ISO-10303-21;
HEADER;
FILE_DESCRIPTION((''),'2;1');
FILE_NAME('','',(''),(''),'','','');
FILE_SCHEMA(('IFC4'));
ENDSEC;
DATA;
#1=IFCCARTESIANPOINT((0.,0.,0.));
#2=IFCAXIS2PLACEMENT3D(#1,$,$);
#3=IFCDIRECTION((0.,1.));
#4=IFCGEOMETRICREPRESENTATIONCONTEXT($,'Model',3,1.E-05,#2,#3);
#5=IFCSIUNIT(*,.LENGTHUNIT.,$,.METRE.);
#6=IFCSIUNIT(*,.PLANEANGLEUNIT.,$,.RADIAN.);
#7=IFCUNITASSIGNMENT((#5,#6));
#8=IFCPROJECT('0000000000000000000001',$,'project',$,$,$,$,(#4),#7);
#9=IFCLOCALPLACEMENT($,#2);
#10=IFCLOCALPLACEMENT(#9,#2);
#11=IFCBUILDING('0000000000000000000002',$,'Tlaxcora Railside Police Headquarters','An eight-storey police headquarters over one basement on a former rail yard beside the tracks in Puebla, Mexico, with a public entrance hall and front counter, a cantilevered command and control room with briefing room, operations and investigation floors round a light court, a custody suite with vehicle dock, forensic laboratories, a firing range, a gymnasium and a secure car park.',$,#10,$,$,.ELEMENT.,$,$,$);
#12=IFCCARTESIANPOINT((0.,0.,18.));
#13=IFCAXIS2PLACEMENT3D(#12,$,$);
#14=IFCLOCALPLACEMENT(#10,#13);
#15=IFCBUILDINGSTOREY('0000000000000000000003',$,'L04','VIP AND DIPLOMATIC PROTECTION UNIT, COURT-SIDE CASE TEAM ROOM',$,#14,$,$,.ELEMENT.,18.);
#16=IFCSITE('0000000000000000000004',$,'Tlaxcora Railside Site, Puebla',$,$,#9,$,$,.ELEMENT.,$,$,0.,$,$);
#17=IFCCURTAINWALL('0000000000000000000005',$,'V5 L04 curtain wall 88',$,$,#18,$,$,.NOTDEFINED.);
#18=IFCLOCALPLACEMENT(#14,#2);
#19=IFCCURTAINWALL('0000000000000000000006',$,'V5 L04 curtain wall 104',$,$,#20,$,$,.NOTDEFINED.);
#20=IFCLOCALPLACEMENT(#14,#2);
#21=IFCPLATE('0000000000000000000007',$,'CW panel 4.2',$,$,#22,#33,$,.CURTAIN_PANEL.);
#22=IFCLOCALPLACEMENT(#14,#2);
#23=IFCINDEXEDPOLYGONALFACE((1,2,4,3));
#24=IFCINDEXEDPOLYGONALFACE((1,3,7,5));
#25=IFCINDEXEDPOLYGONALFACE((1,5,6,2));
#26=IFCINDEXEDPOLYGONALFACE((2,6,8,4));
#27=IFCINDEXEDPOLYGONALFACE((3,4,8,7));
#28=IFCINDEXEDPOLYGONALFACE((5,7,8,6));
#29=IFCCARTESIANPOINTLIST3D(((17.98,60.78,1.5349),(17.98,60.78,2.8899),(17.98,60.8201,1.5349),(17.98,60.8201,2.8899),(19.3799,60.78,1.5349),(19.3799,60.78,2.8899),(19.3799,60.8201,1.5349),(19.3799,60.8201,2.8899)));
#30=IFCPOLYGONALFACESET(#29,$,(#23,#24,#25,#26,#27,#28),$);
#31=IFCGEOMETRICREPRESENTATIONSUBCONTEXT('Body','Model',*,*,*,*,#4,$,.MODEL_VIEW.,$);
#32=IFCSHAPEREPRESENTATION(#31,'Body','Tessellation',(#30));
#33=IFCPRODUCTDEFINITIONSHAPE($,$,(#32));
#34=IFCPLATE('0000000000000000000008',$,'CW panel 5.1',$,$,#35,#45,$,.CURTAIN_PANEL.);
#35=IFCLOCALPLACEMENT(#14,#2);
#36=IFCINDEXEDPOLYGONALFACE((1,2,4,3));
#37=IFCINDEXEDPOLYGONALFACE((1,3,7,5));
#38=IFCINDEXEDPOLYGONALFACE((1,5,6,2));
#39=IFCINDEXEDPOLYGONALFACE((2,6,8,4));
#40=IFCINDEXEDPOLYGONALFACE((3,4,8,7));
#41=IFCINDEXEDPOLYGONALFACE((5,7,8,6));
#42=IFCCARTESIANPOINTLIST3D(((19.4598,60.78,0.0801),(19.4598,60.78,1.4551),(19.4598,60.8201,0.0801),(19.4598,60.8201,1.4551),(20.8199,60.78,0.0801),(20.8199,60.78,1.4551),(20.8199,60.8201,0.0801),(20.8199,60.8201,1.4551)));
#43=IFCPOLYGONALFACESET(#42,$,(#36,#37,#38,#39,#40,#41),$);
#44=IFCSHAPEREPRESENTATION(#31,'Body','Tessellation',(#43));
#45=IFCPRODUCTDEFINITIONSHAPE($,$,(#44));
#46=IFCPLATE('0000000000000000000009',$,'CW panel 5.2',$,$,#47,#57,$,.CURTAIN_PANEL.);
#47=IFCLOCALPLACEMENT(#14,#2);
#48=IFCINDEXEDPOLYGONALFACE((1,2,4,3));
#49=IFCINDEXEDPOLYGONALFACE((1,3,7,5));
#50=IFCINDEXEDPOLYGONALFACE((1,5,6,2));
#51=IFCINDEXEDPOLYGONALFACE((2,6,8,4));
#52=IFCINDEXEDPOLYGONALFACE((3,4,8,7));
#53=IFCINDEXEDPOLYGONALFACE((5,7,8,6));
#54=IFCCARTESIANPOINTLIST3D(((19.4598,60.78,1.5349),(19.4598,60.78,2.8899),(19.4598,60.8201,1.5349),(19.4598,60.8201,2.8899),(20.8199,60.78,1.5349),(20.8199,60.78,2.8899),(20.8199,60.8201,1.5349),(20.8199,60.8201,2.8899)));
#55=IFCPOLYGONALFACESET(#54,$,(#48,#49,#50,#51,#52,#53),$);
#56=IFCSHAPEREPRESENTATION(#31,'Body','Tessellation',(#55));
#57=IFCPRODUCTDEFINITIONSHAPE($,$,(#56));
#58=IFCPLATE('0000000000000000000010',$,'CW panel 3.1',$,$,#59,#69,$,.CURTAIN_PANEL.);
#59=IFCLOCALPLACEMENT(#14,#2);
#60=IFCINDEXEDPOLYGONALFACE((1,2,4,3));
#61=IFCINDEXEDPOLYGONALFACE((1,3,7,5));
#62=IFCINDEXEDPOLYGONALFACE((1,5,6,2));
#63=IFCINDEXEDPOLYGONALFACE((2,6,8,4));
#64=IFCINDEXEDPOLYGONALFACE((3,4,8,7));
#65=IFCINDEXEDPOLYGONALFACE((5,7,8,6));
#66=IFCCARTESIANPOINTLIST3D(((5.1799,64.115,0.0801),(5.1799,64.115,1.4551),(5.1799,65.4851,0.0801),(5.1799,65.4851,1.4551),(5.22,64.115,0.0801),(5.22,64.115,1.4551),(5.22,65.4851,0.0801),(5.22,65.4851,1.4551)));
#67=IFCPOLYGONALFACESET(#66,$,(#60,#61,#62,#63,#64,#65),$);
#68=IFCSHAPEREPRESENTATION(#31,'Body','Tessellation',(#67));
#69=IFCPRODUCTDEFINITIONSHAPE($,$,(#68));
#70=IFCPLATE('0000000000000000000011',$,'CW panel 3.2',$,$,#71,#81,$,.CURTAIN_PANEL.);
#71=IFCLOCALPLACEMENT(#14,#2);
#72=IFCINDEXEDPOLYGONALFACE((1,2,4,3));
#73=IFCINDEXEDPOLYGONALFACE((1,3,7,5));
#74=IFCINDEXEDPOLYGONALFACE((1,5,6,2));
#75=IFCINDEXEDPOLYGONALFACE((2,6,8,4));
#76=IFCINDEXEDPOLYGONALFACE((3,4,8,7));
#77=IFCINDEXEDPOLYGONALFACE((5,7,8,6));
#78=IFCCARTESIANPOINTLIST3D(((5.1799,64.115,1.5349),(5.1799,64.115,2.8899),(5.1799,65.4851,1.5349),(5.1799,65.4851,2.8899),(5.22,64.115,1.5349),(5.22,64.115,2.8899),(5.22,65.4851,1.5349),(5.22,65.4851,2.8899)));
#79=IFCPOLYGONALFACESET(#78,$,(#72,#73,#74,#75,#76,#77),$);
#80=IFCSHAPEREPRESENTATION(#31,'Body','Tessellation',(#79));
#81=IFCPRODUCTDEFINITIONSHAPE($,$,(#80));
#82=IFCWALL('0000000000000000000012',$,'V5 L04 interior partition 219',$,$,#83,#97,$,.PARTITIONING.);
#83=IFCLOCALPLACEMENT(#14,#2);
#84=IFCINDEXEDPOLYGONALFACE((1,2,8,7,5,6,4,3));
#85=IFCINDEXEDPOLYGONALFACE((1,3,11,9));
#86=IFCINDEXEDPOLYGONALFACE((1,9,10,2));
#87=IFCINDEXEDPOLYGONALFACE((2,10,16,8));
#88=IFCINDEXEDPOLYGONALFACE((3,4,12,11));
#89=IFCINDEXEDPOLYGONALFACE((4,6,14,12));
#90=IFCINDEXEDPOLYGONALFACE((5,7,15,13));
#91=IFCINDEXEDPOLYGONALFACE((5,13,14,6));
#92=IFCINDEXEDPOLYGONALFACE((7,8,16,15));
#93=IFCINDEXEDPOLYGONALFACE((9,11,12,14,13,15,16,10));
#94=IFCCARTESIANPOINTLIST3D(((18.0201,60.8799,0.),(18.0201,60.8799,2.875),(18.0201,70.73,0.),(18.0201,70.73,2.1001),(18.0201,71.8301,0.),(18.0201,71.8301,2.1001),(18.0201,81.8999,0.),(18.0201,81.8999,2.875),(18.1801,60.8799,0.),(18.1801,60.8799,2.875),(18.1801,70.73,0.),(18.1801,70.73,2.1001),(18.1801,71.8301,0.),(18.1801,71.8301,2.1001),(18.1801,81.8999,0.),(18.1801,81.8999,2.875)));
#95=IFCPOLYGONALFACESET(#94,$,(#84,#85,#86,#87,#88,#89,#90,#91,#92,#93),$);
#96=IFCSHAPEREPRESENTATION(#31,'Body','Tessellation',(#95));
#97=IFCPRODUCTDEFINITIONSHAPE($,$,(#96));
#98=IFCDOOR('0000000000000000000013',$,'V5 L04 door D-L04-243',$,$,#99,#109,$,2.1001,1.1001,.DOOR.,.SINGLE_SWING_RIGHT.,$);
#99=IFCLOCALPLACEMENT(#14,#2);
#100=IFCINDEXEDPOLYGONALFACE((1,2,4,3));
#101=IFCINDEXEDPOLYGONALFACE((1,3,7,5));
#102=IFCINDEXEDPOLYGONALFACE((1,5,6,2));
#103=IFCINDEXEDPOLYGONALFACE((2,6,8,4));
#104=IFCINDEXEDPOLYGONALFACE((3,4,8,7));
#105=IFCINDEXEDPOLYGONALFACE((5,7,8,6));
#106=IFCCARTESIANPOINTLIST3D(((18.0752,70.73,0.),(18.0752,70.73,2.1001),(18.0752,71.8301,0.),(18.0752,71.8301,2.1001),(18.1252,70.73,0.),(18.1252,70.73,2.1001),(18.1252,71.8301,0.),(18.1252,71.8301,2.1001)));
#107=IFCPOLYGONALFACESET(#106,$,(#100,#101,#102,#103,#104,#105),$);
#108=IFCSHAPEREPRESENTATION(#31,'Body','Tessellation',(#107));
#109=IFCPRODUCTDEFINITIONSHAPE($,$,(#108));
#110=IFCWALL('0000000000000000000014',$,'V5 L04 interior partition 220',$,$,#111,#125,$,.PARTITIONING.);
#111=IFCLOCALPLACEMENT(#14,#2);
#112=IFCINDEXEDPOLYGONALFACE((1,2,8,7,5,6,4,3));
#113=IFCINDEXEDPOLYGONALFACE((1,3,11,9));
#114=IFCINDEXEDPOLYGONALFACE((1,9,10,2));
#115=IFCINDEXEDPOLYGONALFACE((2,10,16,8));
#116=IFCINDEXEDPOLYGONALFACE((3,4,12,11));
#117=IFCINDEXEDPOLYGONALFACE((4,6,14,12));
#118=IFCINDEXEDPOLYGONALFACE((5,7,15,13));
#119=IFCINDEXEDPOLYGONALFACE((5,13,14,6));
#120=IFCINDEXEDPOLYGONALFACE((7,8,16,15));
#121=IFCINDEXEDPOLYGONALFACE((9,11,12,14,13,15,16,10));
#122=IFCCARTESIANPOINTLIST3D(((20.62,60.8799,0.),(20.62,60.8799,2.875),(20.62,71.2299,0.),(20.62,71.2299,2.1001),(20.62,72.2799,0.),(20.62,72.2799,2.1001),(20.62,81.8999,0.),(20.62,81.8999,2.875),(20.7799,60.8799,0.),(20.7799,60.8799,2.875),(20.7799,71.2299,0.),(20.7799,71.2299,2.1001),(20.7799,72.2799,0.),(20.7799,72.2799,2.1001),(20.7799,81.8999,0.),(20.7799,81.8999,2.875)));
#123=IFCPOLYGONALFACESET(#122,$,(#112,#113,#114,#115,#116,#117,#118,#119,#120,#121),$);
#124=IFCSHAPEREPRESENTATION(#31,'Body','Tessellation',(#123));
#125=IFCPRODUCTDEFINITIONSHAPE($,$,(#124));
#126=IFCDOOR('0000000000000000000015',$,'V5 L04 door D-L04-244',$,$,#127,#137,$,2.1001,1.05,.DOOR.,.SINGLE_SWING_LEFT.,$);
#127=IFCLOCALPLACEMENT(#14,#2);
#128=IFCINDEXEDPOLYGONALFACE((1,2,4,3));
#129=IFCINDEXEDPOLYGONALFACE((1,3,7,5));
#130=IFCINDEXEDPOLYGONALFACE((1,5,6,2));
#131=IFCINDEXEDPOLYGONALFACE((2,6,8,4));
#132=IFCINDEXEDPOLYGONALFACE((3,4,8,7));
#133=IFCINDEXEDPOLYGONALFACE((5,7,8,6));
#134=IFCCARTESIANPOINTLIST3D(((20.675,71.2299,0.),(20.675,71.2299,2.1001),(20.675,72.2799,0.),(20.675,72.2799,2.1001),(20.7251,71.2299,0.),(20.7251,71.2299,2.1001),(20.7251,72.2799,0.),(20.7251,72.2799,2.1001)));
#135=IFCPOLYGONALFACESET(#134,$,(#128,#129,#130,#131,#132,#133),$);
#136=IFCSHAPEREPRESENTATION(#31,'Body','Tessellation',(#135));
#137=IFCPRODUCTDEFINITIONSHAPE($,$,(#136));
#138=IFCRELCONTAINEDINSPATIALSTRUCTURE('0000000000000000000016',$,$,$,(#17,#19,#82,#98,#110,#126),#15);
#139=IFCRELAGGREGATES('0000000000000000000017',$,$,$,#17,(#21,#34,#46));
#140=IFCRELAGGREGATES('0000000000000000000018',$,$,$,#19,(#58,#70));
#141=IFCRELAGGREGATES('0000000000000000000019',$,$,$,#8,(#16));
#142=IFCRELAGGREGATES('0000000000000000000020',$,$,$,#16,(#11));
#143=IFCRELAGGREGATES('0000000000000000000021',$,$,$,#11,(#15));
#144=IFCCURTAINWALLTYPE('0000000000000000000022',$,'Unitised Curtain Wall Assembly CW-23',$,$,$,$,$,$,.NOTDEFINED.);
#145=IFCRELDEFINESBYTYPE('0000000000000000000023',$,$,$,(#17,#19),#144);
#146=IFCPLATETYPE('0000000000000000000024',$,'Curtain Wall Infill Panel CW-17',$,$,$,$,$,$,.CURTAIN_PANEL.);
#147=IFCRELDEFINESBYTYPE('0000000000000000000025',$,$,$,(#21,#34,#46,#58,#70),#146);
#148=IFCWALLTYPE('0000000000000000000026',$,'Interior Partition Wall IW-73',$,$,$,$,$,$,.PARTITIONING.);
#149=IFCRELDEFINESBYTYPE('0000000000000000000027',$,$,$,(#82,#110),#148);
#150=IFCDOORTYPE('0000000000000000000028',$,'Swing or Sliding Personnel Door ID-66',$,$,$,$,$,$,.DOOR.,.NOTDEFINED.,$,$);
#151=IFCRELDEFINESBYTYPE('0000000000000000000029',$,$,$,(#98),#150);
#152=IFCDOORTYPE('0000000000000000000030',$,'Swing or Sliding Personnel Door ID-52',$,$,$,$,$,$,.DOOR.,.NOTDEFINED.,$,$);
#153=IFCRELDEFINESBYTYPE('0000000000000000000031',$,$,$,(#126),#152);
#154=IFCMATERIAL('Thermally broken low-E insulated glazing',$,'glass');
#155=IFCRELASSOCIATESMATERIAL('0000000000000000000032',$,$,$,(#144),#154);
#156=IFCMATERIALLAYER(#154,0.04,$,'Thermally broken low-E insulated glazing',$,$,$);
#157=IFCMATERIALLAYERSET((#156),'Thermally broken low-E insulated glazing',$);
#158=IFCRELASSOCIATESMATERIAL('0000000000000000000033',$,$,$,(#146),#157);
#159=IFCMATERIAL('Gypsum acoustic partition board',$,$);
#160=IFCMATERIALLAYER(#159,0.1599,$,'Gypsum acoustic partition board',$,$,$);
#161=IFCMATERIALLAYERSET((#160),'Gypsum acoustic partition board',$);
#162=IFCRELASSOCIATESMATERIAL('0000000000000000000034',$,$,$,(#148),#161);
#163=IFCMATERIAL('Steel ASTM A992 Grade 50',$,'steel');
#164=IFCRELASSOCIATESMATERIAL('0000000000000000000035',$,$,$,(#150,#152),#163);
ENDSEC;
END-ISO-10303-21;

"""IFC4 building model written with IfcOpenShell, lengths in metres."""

from ifc_helpers import new_model, si_unit, direction, frame, frame_2d, origin, origin_2d, place, context, subcontext, project, spatial, rectangle, extrude, material, layer, layer_set, type_object, element, fill, aggregate, save


model = new_model("IFC4")

# Units and contexts
model_context = context("Model", 3, precision=1e-05, world=origin(), true_north=direction((0.0, 1.0)))
body_context = subcontext(model_context, "Body", "Model", "MODEL_VIEW")
ifc_project = project(units=[si_unit("LENGTHUNIT", "METRE"), si_unit("PLANEANGLEUNIT", "RADIAN")], contexts=[model_context])

# Site, building, storey
site_placement = place(None, origin())
site = spatial("IfcSite", under=ifc_project, at=site_placement, Name="Tlaxcora Railside Site, Puebla", CompositionType="ELEMENT", RefElevation=0.0)
building_placement = place(site_placement, origin())
building = spatial("IfcBuilding", under=site, at=building_placement, Name="Tlaxcora Railside Police Headquarters", Description="An eight-storey police headquarters over one basement on a former rail yard beside the tracks in Puebla, Mexico, with a public entrance hall and front counter, a cantilevered command and control room with briefing room, operations and investigation floors round a light court, a custody suite with vehicle dock, forensic laboratories, a firing range, a gymnasium and a secure car park.", CompositionType="ELEMENT")
storey_placement = place(building_placement, frame((0.0, 0.0, 18.0)))
storey = spatial("IfcBuildingStorey", under=building, at=storey_placement, Name="L04", Description="VIP AND DIPLOMATIC PROTECTION UNIT, COURT-SIDE CASE TEAM ROOM", CompositionType="ELEMENT", Elevation=18.0)

# Curtain walls
ifc_material_1 = material(Name="Thermally broken low-E insulated glazing", Category="glass")
curtain_wall_type = type_object("IfcCurtainWallType", Name="Unitised Curtain Wall Assembly CW-23", PredefinedType="NOTDEFINED", material=ifc_material_1)
curtain_wall_1_placement = place(storey_placement, origin())
curtain_wall_1 = element("IfcCurtainWall", 1, at=curtain_wall_1_placement, inside=storey, type_object=curtain_wall_type, Name="V5 L04 curtain wall 88", PredefinedType="NOTDEFINED")
curtain_wall_2_placement = place(storey_placement, origin())
curtain_wall_2 = element("IfcCurtainWall", 2, at=curtain_wall_2_placement, inside=storey, type_object=curtain_wall_type, Name="V5 L04 curtain wall 104", PredefinedType="NOTDEFINED")

# Shared definitions
ifc_material_2 = material(Name="Steel ASTM A992 Grade 50", Category="steel")

# Plates
ifc_layer_1 = layer(ifc_material_1, 0.04, Name="Thermally broken low-E insulated glazing")
ifc_layer_set_1 = layer_set([ifc_layer_1], Name="Thermally broken low-E insulated glazing")
plate_type = type_object("IfcPlateType", Name="Curtain Wall Infill Panel CW-17", PredefinedType="CURTAIN_PANEL", material=ifc_layer_set_1)
plate_1_placement = place(storey_placement, frame((18.6799, 60.8, 1.5349), z_axis=(0.0, 0.0, 1.0), x_axis=(1.0, 0.0, 0.0)))
plate_1 = element("IfcPlate", 3, at=plate_1_placement, type_object=plate_type, Name="CW panel 4.2", PredefinedType="CURTAIN_PANEL", context=body_context, shape_type="SweptSolid", body=[
    extrude(rectangle(XDim=1.3999, YDim=0.04, at=origin_2d()), origin(), (0.0, 0.0, 1.0), 1.355),
])
plate_2_placement = place(storey_placement, frame((20.1399, 60.8, 0.0801), z_axis=(0.0, 0.0, 1.0), x_axis=(1.0, 0.0, 0.0)))
plate_2 = element("IfcPlate", 4, at=plate_2_placement, type_object=plate_type, Name="CW panel 5.1", PredefinedType="CURTAIN_PANEL", context=body_context, shape_type="SweptSolid", body=[
    extrude(rectangle(XDim=1.3601, YDim=0.04, at=origin_2d()), origin(), (0.0, 0.0, 1.0), 1.375),
])
plate_3_placement = place(storey_placement, frame((20.1399, 60.8, 1.5349), z_axis=(0.0, 0.0, 1.0), x_axis=(1.0, 0.0, 0.0)))
plate_3 = element("IfcPlate", 5, at=plate_3_placement, type_object=plate_type, Name="CW panel 5.2", PredefinedType="CURTAIN_PANEL", context=body_context, shape_type="SweptSolid", body=[
    extrude(rectangle(XDim=1.3601, YDim=0.04, at=origin_2d()), origin(), (0.0, 0.0, 1.0), 1.355),
])
aggregate(curtain_wall_1, [plate_1, plate_2, plate_3])
plate_4_placement = place(storey_placement, frame((5.2, 64.8, 0.0801), z_axis=(0.0, 0.0, 1.0), x_axis=(0.0, -1.0, 0.0)))
plate_4 = element("IfcPlate", 6, at=plate_4_placement, type_object=plate_type, Name="CW panel 3.1", PredefinedType="CURTAIN_PANEL", context=body_context, shape_type="SweptSolid", body=[
    extrude(rectangle(XDim=1.3701, YDim=0.04, at=origin_2d()), origin(), (0.0, 0.0, 1.0), 1.375),
])
plate_5_placement = place(storey_placement, frame((5.2, 64.8, 1.5349), z_axis=(0.0, 0.0, 1.0), x_axis=(0.0, -1.0, 0.0)))
plate_5 = element("IfcPlate", 7, at=plate_5_placement, type_object=plate_type, Name="CW panel 3.2", PredefinedType="CURTAIN_PANEL", context=body_context, shape_type="SweptSolid", body=[
    extrude(rectangle(XDim=1.3701, YDim=0.04, at=origin_2d()), origin(), (0.0, 0.0, 1.0), 1.355),
])
aggregate(curtain_wall_2, [plate_4, plate_5])

# Walls, openings, doors
ifc_material_3 = material(Name="Gypsum acoustic partition board")
ifc_layer_2 = layer(ifc_material_3, 0.1599, Name="Gypsum acoustic partition board")
ifc_layer_set_2 = layer_set([ifc_layer_2], Name="Gypsum acoustic partition board")
wall_type = type_object("IfcWallType", Name="Interior Partition Wall IW-73", PredefinedType="PARTITIONING", material=ifc_layer_set_2)
wall_1_placement = place(storey_placement, frame((18.1001, 60.8799, 0.0), z_axis=(0.0, 0.0, 1.0), x_axis=(0.0, 1.0, 0.0)))
wall_1 = element("IfcWall", 8, at=wall_1_placement, inside=storey, type_object=wall_type, Name="V5 L04 interior partition 219", PredefinedType="PARTITIONING", context=body_context, shape_type="SweptSolid", body=[
    extrude(rectangle(XDim=21.02, YDim=0.1599, at=frame_2d((10.51, 0.0))), origin(), (0.0, 0.0, 1.0), 2.875),
])
opening_1_placement = place(wall_1_placement, frame((9.8501, 0.0, 0.0)))
opening_1 = element("IfcOpeningElement", 9, at=opening_1_placement, cuts=wall_1, PredefinedType="OPENING", context=body_context, shape_type="SweptSolid", body=[
    extrude(rectangle(XDim=1.1001, YDim=2.1001, at=frame_2d((0.55, 1.05))), frame((0.0, 0.0898, 0.0), z_axis=(0.0, -1.0, 0.0), x_axis=(1.0, 0.0, 0.0)), (0.0, 0.0, 1.0), 0.1799),
])
door_type_1 = type_object("IfcDoorType", Name="Swing or Sliding Personnel Door ID-66", OperationType="NOTDEFINED", PredefinedType="DOOR", material=ifc_material_2)
door_1_placement = place(opening_1_placement, origin())
door_1 = element("IfcDoor", 10, at=door_1_placement, inside=storey, type_object=door_type_1, Name="V5 L04 door D-L04-243", OperationType="SINGLE_SWING_RIGHT", OverallHeight=2.1001, OverallWidth=1.1001, PredefinedType="DOOR", context=body_context, shape_type="SweptSolid", body=[
    extrude(rectangle(XDim=1.1001, YDim=2.1001, at=frame_2d((0.55, 1.05))), frame((0.0, 0.0249, 0.0), z_axis=(0.0, -1.0, 0.0), x_axis=(1.0, 0.0, 0.0)), (0.0, 0.0, 1.0), 0.05),
])
fill(opening_1, door_1)
wall_2_placement = place(storey_placement, frame((20.7, 60.8799, 0.0), z_axis=(0.0, 0.0, 1.0), x_axis=(0.0, 1.0, 0.0)))
wall_2 = element("IfcWall", 11, at=wall_2_placement, inside=storey, type_object=wall_type, Name="V5 L04 interior partition 220", PredefinedType="PARTITIONING", context=body_context, shape_type="SweptSolid", body=[
    extrude(rectangle(XDim=21.02, YDim=0.1599, at=frame_2d((10.51, 0.0))), origin(), (0.0, 0.0, 1.0), 2.875),
])
opening_2_placement = place(wall_2_placement, frame((10.3501, 0.0, 0.0)))
opening_2 = element("IfcOpeningElement", 12, at=opening_2_placement, cuts=wall_2, PredefinedType="OPENING", context=body_context, shape_type="SweptSolid", body=[
    extrude(rectangle(XDim=1.05, YDim=2.1001, at=frame_2d((0.5249, 1.05))), frame((0.0, 0.0898, 0.0), z_axis=(0.0, -1.0, 0.0), x_axis=(1.0, 0.0, 0.0)), (0.0, 0.0, 1.0), 0.1799),
])
door_type_2 = type_object("IfcDoorType", Name="Swing or Sliding Personnel Door ID-52", OperationType="NOTDEFINED", PredefinedType="DOOR", material=ifc_material_2)
door_2_placement = place(opening_2_placement, origin())
door_2 = element("IfcDoor", 13, at=door_2_placement, inside=storey, type_object=door_type_2, Name="V5 L04 door D-L04-244", OperationType="SINGLE_SWING_LEFT", OverallHeight=2.1001, OverallWidth=1.05, PredefinedType="DOOR", context=body_context, shape_type="SweptSolid", body=[
    extrude(rectangle(XDim=1.05, YDim=2.1001, at=frame_2d((0.5249, 1.05))), frame((0.0, 0.0249, 0.0), z_axis=(0.0, -1.0, 0.0), x_axis=(1.0, 0.0, 0.0)), (0.0, 0.0, 1.0), 0.05),
])
fill(opening_2, door_2)

save(model, "model.ifc")
